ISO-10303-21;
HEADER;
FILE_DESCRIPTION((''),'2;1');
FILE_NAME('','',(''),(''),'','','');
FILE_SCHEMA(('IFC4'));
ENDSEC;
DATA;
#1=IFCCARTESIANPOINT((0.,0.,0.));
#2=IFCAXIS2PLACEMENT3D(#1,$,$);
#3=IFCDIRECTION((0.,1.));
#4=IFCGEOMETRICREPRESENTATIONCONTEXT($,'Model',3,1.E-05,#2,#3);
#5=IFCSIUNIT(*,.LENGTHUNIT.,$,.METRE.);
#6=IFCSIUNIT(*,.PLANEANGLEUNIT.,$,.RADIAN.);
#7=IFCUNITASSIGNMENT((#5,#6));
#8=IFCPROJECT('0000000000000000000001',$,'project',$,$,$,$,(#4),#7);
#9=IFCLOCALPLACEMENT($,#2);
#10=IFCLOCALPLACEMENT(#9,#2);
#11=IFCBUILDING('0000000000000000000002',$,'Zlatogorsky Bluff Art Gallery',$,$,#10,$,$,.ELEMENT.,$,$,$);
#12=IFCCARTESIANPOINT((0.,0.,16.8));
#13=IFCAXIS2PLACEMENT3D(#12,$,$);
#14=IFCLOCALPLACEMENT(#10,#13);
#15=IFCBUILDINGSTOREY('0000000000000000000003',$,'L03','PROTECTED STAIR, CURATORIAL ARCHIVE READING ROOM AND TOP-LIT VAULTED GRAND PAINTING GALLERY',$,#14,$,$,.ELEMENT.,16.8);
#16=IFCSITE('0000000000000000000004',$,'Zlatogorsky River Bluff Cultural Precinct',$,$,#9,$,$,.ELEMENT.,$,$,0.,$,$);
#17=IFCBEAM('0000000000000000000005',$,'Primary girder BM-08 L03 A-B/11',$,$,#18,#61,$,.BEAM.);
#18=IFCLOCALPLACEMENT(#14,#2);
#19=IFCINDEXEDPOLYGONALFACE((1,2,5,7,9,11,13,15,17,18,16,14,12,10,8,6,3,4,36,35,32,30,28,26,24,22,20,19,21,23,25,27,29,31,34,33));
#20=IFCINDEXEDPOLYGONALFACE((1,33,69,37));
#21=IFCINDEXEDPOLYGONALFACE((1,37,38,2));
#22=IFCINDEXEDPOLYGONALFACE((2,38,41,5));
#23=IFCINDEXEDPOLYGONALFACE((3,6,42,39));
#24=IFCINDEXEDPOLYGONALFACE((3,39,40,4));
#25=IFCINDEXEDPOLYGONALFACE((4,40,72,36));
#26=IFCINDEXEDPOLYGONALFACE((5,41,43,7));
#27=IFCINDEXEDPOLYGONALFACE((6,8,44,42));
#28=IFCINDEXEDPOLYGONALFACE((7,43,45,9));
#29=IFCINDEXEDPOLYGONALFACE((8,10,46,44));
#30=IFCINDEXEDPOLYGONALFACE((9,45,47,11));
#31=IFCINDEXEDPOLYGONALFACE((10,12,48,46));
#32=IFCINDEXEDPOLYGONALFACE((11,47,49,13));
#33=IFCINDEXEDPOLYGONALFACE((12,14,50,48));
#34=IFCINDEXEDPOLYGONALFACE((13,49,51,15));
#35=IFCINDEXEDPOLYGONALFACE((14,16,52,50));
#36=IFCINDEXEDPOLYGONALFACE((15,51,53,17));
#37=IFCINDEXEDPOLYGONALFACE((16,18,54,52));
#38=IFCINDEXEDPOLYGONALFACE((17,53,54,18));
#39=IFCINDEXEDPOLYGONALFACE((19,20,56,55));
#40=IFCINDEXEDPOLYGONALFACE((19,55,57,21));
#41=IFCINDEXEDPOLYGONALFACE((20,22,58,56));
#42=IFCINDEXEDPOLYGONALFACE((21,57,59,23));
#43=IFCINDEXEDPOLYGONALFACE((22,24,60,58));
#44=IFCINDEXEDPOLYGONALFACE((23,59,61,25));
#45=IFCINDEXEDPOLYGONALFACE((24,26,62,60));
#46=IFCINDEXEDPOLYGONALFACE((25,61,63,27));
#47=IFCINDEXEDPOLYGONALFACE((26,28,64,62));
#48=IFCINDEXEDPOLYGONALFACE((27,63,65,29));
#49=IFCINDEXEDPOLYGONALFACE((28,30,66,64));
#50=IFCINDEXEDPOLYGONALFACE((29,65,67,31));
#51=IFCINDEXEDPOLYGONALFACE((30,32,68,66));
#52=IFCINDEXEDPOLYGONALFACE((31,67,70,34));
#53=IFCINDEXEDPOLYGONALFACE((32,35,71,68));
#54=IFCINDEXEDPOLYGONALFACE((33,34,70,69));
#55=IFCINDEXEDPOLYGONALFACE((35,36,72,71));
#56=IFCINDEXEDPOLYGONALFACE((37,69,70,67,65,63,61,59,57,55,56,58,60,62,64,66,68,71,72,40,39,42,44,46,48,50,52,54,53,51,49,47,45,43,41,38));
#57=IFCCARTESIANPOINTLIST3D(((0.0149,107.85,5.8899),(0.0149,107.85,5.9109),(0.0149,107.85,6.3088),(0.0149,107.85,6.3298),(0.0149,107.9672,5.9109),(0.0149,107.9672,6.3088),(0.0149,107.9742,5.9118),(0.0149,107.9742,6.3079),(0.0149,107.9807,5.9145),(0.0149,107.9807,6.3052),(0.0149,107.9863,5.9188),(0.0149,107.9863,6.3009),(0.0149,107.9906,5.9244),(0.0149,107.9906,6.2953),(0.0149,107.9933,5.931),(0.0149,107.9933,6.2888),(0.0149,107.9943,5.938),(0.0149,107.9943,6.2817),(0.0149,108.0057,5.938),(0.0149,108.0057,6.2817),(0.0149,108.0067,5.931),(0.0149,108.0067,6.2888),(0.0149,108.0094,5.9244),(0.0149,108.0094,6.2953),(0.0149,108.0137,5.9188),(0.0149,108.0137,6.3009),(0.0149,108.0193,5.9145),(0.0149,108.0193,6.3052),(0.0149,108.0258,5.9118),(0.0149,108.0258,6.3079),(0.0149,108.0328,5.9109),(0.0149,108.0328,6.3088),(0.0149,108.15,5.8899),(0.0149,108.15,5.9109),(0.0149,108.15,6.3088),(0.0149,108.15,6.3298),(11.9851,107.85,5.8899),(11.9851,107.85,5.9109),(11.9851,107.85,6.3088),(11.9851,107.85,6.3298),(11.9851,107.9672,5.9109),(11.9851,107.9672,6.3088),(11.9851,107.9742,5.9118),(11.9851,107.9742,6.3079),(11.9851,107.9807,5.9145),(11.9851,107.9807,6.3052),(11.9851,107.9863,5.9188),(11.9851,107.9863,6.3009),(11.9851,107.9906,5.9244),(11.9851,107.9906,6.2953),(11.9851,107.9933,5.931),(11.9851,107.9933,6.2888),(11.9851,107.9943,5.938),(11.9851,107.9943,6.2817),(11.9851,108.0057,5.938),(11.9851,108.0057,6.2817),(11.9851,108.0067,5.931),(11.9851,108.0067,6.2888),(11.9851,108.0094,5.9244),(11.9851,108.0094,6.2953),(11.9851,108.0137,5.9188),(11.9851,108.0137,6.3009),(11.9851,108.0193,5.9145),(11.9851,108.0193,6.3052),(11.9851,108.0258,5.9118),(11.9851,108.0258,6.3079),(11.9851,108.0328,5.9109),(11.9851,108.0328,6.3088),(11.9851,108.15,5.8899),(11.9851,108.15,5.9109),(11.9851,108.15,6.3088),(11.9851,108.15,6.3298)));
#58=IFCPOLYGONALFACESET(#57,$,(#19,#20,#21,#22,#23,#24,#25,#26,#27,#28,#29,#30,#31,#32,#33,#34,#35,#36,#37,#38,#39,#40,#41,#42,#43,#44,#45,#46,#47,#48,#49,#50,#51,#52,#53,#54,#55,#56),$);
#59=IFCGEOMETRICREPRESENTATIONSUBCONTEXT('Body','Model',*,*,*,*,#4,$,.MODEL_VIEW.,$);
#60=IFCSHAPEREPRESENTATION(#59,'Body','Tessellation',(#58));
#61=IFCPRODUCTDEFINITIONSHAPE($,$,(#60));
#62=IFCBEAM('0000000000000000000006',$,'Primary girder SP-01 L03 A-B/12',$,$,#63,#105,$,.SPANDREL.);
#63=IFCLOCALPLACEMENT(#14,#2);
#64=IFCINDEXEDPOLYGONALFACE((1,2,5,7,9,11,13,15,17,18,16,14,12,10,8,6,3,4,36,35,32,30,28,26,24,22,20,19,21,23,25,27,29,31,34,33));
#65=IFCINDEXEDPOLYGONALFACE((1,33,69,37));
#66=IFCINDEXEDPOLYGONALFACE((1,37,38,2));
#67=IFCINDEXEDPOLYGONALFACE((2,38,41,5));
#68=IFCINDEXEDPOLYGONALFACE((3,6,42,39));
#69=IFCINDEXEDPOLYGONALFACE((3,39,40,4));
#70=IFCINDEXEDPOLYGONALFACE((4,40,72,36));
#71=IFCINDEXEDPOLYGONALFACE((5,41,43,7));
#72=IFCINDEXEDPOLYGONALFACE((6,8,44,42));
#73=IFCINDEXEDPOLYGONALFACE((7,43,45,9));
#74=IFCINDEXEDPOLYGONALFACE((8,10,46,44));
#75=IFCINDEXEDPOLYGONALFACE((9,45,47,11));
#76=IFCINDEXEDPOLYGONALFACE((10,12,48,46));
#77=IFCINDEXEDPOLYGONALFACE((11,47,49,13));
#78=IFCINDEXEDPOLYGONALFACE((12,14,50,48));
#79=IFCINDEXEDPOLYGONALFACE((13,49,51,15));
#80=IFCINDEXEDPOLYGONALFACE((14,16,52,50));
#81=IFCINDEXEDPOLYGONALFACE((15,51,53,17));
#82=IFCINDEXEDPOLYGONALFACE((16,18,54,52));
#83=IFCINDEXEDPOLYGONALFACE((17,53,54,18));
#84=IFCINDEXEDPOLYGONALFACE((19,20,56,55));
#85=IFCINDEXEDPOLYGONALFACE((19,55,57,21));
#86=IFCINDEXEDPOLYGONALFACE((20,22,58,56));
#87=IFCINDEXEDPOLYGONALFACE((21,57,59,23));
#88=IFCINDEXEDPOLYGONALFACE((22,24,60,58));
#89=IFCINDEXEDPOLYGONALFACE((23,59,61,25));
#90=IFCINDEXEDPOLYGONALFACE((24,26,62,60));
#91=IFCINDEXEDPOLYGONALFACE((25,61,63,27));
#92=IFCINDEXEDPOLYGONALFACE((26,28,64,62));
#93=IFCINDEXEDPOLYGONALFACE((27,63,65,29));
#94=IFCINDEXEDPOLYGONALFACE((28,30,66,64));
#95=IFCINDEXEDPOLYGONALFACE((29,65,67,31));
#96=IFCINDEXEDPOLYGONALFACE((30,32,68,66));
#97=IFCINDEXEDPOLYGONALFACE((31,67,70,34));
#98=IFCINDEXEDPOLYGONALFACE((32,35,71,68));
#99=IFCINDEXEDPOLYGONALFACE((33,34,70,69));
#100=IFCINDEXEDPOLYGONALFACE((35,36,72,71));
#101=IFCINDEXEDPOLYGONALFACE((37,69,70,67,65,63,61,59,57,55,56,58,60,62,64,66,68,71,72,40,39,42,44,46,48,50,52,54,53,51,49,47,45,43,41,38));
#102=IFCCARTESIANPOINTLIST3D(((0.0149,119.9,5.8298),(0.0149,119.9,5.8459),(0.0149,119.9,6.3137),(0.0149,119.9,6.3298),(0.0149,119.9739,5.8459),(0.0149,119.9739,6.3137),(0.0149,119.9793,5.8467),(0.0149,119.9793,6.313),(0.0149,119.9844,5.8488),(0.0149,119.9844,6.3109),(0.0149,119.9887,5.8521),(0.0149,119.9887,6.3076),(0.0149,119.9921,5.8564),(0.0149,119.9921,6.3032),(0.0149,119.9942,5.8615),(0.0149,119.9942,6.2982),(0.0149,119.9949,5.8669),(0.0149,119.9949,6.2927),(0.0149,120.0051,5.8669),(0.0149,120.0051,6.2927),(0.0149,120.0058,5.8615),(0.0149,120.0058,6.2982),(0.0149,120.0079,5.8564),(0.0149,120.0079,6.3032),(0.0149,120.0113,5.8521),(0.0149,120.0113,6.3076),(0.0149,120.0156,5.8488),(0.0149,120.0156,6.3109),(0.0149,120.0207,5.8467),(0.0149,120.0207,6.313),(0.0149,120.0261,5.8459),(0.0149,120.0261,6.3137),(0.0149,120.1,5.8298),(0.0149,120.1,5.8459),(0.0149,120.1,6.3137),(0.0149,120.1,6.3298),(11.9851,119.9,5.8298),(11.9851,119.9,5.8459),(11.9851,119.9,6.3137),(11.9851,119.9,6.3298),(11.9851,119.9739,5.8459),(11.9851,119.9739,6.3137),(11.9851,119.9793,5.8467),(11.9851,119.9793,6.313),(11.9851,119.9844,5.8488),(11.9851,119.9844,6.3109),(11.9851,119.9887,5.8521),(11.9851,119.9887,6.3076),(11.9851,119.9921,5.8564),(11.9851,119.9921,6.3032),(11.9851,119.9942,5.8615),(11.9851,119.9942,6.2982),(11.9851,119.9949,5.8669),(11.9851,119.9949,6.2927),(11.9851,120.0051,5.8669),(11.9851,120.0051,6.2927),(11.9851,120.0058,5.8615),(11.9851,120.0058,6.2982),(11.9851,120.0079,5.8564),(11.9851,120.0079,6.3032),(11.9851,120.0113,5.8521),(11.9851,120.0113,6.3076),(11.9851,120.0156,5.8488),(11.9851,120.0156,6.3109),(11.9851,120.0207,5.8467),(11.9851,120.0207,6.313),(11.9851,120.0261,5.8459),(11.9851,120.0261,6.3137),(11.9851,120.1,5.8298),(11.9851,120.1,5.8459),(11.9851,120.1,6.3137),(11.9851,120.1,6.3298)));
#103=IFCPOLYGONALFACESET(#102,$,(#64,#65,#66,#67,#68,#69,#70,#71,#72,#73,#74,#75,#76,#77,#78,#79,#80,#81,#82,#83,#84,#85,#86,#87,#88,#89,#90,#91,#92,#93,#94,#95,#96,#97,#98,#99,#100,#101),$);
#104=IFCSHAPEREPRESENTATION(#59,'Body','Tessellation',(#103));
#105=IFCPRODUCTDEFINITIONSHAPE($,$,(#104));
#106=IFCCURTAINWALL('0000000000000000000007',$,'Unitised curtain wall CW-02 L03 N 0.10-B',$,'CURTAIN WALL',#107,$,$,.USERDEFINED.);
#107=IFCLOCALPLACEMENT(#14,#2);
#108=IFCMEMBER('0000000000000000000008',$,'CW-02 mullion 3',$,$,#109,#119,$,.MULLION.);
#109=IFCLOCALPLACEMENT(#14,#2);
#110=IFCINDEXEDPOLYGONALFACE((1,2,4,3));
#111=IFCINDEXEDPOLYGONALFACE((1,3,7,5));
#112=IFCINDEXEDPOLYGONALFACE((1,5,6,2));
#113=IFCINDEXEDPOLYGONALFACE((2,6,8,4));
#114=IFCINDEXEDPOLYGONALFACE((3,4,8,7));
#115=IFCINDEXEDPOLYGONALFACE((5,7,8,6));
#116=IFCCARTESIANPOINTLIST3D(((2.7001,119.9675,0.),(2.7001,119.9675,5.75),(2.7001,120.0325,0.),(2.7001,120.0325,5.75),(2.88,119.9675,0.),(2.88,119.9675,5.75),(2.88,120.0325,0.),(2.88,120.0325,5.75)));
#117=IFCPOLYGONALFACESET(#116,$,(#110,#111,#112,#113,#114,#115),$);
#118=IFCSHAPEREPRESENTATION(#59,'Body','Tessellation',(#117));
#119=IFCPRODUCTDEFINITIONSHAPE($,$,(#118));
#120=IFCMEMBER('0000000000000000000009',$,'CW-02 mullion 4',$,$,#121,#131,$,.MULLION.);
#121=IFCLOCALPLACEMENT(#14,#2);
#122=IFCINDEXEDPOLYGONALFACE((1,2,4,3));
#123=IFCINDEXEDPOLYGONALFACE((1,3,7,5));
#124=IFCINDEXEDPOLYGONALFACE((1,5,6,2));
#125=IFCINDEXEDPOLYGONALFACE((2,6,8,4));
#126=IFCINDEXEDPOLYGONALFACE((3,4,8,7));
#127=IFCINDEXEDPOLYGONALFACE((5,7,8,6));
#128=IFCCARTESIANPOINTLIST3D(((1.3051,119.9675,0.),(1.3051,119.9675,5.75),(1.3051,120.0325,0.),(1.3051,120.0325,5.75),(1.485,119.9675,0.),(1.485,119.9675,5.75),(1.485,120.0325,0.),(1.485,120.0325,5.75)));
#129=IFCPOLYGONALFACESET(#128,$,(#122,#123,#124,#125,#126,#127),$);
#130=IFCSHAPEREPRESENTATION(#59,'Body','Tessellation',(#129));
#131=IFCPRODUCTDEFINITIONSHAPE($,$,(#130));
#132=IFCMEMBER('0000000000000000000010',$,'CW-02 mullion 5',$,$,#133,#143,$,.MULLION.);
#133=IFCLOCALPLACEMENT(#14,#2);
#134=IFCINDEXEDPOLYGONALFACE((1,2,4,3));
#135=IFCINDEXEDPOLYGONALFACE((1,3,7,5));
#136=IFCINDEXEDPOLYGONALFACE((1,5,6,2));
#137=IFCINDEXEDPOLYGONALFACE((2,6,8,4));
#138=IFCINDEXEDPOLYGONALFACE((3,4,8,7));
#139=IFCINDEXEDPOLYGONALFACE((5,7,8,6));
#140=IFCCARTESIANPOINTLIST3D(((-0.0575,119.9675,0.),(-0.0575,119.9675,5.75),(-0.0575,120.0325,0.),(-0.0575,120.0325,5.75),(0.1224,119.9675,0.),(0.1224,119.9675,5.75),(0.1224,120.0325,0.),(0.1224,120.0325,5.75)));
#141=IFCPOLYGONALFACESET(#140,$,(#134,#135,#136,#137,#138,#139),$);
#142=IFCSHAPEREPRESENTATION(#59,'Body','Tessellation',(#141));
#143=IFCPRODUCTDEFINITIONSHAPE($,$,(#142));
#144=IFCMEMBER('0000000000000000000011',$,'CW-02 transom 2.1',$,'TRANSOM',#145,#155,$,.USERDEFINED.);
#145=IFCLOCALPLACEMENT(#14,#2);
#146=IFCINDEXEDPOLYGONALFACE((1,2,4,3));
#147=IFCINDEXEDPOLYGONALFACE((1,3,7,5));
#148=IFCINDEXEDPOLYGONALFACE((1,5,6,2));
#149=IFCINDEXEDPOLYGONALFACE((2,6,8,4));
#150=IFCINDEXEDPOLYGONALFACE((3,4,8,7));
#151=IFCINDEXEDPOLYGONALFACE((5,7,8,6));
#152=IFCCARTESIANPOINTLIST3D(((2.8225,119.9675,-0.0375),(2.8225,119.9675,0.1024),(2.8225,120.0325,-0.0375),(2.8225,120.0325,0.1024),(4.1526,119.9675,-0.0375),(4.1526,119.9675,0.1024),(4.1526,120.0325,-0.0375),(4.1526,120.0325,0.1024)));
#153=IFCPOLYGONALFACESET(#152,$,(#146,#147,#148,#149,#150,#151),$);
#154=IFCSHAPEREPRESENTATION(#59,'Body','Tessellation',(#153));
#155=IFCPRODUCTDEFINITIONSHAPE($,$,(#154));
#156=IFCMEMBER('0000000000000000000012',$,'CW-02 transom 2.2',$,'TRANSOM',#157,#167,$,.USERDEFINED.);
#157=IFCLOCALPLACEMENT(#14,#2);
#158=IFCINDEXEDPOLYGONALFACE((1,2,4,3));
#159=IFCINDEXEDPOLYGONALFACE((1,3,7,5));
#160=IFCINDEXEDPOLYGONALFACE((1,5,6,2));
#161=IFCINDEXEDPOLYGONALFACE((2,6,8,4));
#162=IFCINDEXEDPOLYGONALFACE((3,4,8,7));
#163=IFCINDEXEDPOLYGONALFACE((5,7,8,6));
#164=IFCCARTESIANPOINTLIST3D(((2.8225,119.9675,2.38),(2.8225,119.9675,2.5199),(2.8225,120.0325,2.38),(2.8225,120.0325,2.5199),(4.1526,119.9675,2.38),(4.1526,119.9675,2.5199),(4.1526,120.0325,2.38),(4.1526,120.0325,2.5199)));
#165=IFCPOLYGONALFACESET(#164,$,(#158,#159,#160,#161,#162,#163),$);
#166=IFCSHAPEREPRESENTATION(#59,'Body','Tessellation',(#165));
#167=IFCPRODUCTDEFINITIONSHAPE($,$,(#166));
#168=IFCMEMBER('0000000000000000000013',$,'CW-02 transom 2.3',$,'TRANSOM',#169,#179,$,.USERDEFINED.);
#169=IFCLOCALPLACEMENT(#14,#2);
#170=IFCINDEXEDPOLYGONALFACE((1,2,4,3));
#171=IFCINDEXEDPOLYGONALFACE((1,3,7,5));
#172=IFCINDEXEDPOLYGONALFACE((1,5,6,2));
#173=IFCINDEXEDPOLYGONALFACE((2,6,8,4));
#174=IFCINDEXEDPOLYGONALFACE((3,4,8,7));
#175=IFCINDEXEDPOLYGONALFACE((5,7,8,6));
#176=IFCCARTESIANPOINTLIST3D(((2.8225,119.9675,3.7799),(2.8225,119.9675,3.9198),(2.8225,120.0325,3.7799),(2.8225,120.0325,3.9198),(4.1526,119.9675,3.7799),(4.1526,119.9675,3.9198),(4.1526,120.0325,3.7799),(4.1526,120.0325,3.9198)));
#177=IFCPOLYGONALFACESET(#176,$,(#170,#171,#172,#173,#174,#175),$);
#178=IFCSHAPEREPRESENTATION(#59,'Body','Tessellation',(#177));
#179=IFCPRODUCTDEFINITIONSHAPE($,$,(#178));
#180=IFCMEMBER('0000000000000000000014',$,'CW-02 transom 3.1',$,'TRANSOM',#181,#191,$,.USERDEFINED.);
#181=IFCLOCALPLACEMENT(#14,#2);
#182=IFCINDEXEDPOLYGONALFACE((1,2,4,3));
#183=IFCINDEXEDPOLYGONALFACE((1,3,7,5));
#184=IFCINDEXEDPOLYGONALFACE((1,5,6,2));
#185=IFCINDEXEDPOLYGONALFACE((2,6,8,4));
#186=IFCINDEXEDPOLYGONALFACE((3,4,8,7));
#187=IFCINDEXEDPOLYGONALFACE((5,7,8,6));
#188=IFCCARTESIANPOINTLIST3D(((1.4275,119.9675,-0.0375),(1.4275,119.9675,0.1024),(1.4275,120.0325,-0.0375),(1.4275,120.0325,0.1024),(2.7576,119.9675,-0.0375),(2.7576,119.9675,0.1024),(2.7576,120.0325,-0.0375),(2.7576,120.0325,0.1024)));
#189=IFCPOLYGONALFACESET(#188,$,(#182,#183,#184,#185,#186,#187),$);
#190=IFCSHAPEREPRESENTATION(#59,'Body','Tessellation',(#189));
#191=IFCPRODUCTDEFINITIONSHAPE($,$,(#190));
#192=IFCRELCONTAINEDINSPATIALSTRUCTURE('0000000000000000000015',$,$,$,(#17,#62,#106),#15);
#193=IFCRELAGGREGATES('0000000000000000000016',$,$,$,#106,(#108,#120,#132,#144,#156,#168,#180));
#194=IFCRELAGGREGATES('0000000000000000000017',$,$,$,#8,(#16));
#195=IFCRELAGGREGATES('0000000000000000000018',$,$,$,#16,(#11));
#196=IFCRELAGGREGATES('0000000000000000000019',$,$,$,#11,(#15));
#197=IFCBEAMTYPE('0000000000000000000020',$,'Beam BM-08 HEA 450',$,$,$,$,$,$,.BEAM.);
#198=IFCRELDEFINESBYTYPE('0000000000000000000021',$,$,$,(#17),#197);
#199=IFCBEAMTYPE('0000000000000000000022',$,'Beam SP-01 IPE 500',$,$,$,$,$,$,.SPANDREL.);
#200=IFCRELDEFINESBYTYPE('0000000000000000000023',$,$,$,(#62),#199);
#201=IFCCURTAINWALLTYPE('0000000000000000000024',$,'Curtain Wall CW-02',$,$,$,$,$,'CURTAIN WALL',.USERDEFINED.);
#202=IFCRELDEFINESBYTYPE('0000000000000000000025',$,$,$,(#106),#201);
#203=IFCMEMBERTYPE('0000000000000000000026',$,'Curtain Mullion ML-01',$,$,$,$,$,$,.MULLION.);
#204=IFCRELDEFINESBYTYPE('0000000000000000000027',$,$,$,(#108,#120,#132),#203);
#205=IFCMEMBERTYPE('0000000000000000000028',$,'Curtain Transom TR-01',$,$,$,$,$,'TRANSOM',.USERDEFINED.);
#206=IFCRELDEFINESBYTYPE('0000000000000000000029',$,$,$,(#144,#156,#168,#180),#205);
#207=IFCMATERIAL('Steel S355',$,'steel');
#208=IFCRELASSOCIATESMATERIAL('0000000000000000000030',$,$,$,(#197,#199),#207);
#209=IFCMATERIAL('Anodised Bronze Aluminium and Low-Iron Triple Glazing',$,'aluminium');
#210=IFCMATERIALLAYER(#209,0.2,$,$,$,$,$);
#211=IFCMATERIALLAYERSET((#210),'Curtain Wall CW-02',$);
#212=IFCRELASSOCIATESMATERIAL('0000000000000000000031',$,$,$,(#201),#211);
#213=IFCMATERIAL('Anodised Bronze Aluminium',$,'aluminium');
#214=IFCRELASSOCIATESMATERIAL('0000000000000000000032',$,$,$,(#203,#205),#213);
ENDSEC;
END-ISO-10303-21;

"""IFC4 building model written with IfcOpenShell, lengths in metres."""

from ifc_helpers import new_model, si_unit, direction, frame, origin, origin_2d, place, context, subcontext, project, spatial, rectangle, i_section, extrude, material, layer, layer_set, material_profile, profile_set, type_object, element, aggregate, save


model = new_model("IFC4")

# Units and contexts
model_context = context("Model", 3, precision=1e-05, world=origin(), true_north=direction((0.0, 1.0)))
body_context = subcontext(model_context, "Body", "Model", "MODEL_VIEW")
ifc_project = project(units=[si_unit("LENGTHUNIT", "METRE"), si_unit("PLANEANGLEUNIT", "RADIAN")], contexts=[model_context])

# Site, building, storey
site_placement = place(None, origin())
site = spatial("IfcSite", under=ifc_project, at=site_placement, Name="Zlatogorsky River Bluff Cultural Precinct", CompositionType="ELEMENT", RefElevation=0.0)
building_placement = place(site_placement, origin())
building = spatial("IfcBuilding", under=site, at=building_placement, Name="Zlatogorsky Bluff Art Gallery", CompositionType="ELEMENT")
storey_placement = place(building_placement, frame((0.0, 0.0, 16.8)))
storey = spatial("IfcBuildingStorey", under=building, at=storey_placement, Name="L03", Description="PROTECTED STAIR, CURATORIAL ARCHIVE READING ROOM AND TOP-LIT VAULTED GRAND PAINTING GALLERY", CompositionType="ELEMENT", Elevation=16.8)

# Beams
ifc_material_1 = material(Name="Steel S355", Category="steel")
ifc_material_profile_1 = material_profile(ifc_material_1, i_section(OverallWidth=0.3, OverallDepth=0.4399, WebThickness=0.0115, FlangeThickness=0.021, FilletRadius=0.0271, at=origin_2d()), Name="HEA 450")
ifc_profile_set_1 = profile_set([ifc_material_profile_1], Name="Steel S355")
beam_type_1 = type_object("IfcBeamType", Name="Beam BM-08 HEA 450", PredefinedType="BEAM", material=ifc_profile_set_1)
beam_1_placement = place(storey_placement, frame((0.0149, 108.0, 6.1099), z_axis=(1.0, 0.0, 0.0), x_axis=(0.0, 1.0, 0.0)))
element("IfcBeam", 1, at=beam_1_placement, inside=storey, type_object=beam_type_1, Name="Primary girder BM-08 L03 A-B/11", PredefinedType="BEAM", context=body_context, shape_type="SweptSolid", body=[
    extrude(i_section(OverallWidth=0.3, OverallDepth=0.4399, WebThickness=0.0115, FlangeThickness=0.021, FilletRadius=0.0271, at=origin_2d()), origin(), (0.0, 0.0, 1.0), 11.9702),
])
ifc_material_profile_2 = material_profile(ifc_material_1, i_section(OverallWidth=0.2, OverallDepth=0.5, WebThickness=0.0103, FlangeThickness=0.0161, FilletRadius=0.021, at=origin_2d()), Name="IPE 500")
ifc_profile_set_2 = profile_set([ifc_material_profile_2], Name="Steel S355")
beam_type_2 = type_object("IfcBeamType", Name="Beam SP-01 IPE 500", PredefinedType="SPANDREL", material=ifc_profile_set_2)
beam_2_placement = place(storey_placement, frame((0.0149, 120.0, 6.0798), z_axis=(1.0, 0.0, 0.0), x_axis=(0.0, 1.0, 0.0)))
element("IfcBeam", 2, at=beam_2_placement, inside=storey, type_object=beam_type_2, Name="Primary girder SP-01 L03 A-B/12", PredefinedType="SPANDREL", context=body_context, shape_type="SweptSolid", body=[
    extrude(i_section(OverallWidth=0.2, OverallDepth=0.5, WebThickness=0.0103, FlangeThickness=0.0161, FilletRadius=0.021, at=origin_2d()), origin(), (0.0, 0.0, 1.0), 11.9702),
])

# Curtain wall, members
ifc_material_2 = material(Name="Anodised Bronze Aluminium and Low-Iron Triple Glazing", Category="aluminium")
ifc_layer_1 = layer(ifc_material_2, 0.2)
ifc_layer_set_1 = layer_set([ifc_layer_1], Name="Curtain Wall CW-02")
curtain_wall_type = type_object("IfcCurtainWallType", Name="Curtain Wall CW-02", ElementType="CURTAIN WALL", PredefinedType="USERDEFINED", material=ifc_layer_set_1)
curtain_wall_placement = place(storey_placement, origin())
curtain_wall = element("IfcCurtainWall", 3, at=curtain_wall_placement, inside=storey, type_object=curtain_wall_type, Name="Unitised curtain wall CW-02 L03 N 0.10-B", ObjectType="CURTAIN WALL", PredefinedType="USERDEFINED")
ifc_material_3 = material(Name="Anodised Bronze Aluminium", Category="aluminium")
ifc_material_profile_3 = material_profile(ifc_material_3, rectangle(XDim=0.0649, YDim=0.1799, at=origin_2d()), Name="ALU MULLION 65x180")
ifc_profile_set_3 = profile_set([ifc_material_profile_3], Name="Anodised Bronze Aluminium")
member_type_1 = type_object("IfcMemberType", Name="Curtain Mullion ML-01", PredefinedType="MULLION", material=ifc_profile_set_3)
member_1_placement = place(storey_placement, frame((2.79, 120.0, 0.0), z_axis=(0.0, 0.0, 1.0), x_axis=(0.0, -1.0, 0.0)))
member_1 = element("IfcMember", 4, at=member_1_placement, type_object=member_type_1, Name="CW-02 mullion 3", PredefinedType="MULLION", context=body_context, shape_type="SweptSolid", body=[
    extrude(rectangle(XDim=0.0649, YDim=0.1799, at=origin_2d()), origin(), (0.0, 0.0, 1.0), 5.75),
])
member_2_placement = place(storey_placement, frame((1.395, 120.0, 0.0), z_axis=(0.0, 0.0, 1.0), x_axis=(0.0, -1.0, 0.0)))
member_2 = element("IfcMember", 5, at=member_2_placement, type_object=member_type_1, Name="CW-02 mullion 4", PredefinedType="MULLION", context=body_context, shape_type="SweptSolid", body=[
    extrude(rectangle(XDim=0.0649, YDim=0.1799, at=origin_2d()), origin(), (0.0, 0.0, 1.0), 5.75),
])
member_3_placement = place(storey_placement, frame((0.0325, 120.0, 0.0), z_axis=(0.0, 0.0, 1.0), x_axis=(0.0, -1.0, 0.0)))
member_3 = element("IfcMember", 6, at=member_3_placement, type_object=member_type_1, Name="CW-02 mullion 5", PredefinedType="MULLION", context=body_context, shape_type="SweptSolid", body=[
    extrude(rectangle(XDim=0.0649, YDim=0.1799, at=origin_2d()), origin(), (0.0, 0.0, 1.0), 5.75),
])
ifc_material_profile_4 = material_profile(ifc_material_3, rectangle(XDim=0.0649, YDim=0.1399, at=origin_2d()), Name="ALU TRANSOM 65x140")
ifc_profile_set_4 = profile_set([ifc_material_profile_4], Name="Anodised Bronze Aluminium")
member_type_2 = type_object("IfcMemberType", Name="Curtain Transom TR-01", ElementType="TRANSOM", PredefinedType="USERDEFINED", material=ifc_profile_set_4)
member_4_placement = place(storey_placement, frame((4.1526, 120.0, 0.0325), z_axis=(-1.0, 0.0, 0.0), x_axis=(0.0, -1.0, 0.0)))
member_4 = element("IfcMember", 7, at=member_4_placement, type_object=member_type_2, Name="CW-02 transom 2.1", ObjectType="TRANSOM", PredefinedType="USERDEFINED", context=body_context, shape_type="SweptSolid", body=[
    extrude(rectangle(XDim=0.0649, YDim=0.1399, at=origin_2d()), origin(), (0.0, 0.0, 1.0), 1.3301),
])
member_5_placement = place(storey_placement, frame((4.1526, 120.0, 2.45), z_axis=(-1.0, 0.0, 0.0), x_axis=(0.0, -1.0, 0.0)))
member_5 = element("IfcMember", 8, at=member_5_placement, type_object=member_type_2, Name="CW-02 transom 2.2", ObjectType="TRANSOM", PredefinedType="USERDEFINED", context=body_context, shape_type="SweptSolid", body=[
    extrude(rectangle(XDim=0.0649, YDim=0.1399, at=origin_2d()), origin(), (0.0, 0.0, 1.0), 1.3301),
])
member_6_placement = place(storey_placement, frame((4.1526, 120.0, 3.8499), z_axis=(-1.0, 0.0, 0.0), x_axis=(0.0, -1.0, 0.0)))
member_6 = element("IfcMember", 9, at=member_6_placement, type_object=member_type_2, Name="CW-02 transom 2.3", ObjectType="TRANSOM", PredefinedType="USERDEFINED", context=body_context, shape_type="SweptSolid", body=[
    extrude(rectangle(XDim=0.0649, YDim=0.1399, at=origin_2d()), origin(), (0.0, 0.0, 1.0), 1.3301),
])
member_7_placement = place(storey_placement, frame((2.7576, 120.0, 0.0325), z_axis=(-1.0, 0.0, 0.0), x_axis=(0.0, -1.0, 0.0)))
member_7 = element("IfcMember", 10, at=member_7_placement, type_object=member_type_2, Name="CW-02 transom 3.1", ObjectType="TRANSOM", PredefinedType="USERDEFINED", context=body_context, shape_type="SweptSolid", body=[
    extrude(rectangle(XDim=0.0649, YDim=0.1399, at=origin_2d()), origin(), (0.0, 0.0, 1.0), 1.3301),
])
aggregate(curtain_wall, [member_1, member_2, member_3, member_4, member_5, member_6, member_7])

save(model, "model.ifc")
